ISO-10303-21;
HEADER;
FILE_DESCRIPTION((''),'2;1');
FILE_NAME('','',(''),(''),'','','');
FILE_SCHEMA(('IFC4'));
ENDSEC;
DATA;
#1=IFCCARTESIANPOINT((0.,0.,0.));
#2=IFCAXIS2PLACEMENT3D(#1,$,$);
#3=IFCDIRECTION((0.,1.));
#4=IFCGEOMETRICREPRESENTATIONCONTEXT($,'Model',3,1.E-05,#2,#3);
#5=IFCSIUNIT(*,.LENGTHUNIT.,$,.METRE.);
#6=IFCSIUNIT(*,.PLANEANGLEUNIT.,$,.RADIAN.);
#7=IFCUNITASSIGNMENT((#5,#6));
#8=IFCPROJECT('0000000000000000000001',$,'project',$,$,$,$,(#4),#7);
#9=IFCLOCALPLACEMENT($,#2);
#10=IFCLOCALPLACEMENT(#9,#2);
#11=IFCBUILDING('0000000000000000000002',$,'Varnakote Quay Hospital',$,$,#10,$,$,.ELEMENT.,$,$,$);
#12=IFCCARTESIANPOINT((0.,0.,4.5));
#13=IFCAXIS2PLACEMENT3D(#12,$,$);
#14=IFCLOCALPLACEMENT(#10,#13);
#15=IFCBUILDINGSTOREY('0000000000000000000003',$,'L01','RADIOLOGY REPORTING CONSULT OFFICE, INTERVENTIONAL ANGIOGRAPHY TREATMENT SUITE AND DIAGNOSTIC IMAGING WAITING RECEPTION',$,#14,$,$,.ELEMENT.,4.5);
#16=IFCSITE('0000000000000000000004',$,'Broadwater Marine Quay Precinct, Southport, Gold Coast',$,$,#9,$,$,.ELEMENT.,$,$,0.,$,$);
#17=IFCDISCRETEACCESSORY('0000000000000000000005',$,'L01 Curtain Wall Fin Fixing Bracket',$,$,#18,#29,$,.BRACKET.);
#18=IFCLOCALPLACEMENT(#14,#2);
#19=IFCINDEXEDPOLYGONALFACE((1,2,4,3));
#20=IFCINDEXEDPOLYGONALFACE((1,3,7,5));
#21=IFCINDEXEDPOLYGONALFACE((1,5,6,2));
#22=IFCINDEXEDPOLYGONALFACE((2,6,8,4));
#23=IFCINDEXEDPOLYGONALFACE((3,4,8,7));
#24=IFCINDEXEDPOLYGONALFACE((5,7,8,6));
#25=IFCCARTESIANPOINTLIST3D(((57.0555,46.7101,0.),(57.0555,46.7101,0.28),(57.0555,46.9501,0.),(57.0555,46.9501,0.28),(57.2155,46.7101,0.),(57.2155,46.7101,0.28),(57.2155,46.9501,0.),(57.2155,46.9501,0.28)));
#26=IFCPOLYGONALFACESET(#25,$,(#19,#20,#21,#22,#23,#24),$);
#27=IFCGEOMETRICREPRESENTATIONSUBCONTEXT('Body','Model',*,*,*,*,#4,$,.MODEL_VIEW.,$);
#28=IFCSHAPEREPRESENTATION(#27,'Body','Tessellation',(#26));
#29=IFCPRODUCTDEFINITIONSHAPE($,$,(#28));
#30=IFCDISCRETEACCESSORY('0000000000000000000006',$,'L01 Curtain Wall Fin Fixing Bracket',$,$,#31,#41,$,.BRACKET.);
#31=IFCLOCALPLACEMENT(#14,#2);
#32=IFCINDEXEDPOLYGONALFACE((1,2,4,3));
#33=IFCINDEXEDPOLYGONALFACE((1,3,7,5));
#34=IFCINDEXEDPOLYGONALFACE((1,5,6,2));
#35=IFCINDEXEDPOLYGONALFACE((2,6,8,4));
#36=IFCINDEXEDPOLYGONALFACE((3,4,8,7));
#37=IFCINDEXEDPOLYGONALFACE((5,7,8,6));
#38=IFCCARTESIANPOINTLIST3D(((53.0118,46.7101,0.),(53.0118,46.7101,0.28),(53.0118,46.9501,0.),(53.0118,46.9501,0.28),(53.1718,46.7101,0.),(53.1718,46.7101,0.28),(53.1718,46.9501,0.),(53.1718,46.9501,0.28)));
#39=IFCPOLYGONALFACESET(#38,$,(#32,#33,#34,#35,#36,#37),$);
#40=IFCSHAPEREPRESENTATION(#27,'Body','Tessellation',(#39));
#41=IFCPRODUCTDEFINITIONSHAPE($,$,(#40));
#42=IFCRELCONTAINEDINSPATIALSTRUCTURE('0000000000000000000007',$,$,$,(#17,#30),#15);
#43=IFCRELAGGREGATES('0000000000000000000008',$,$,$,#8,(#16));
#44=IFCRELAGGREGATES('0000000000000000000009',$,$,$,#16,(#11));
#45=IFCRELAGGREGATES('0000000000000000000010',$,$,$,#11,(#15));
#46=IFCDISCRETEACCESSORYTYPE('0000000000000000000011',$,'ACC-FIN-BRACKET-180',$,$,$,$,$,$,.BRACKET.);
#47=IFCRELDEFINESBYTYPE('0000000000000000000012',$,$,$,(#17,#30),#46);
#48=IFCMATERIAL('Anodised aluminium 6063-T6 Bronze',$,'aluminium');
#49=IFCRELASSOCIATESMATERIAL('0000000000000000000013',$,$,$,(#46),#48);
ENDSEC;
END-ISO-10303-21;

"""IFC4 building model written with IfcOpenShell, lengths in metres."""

from ifc_helpers import new_model, si_unit, direction, frame, origin, origin_2d, place, context, subcontext, project, spatial, rectangle, extrude, material, type_object, element, save


model = new_model("IFC4")

# Units and contexts
model_context = context("Model", 3, precision=1e-05, world=origin(), true_north=direction((0.0, 1.0)))
body_context = subcontext(model_context, "Body", "Model", "MODEL_VIEW")
ifc_project = project(units=[si_unit("LENGTHUNIT", "METRE"), si_unit("PLANEANGLEUNIT", "RADIAN")], contexts=[model_context])

# Site, building, storey
site_placement = place(None, origin())
site = spatial("IfcSite", under=ifc_project, at=site_placement, Name="Broadwater Marine Quay Precinct, Southport, Gold Coast", CompositionType="ELEMENT", RefElevation=0.0)
building_placement = place(site_placement, origin())
building = spatial("IfcBuilding", under=site, at=building_placement, Name="Varnakote Quay Hospital", CompositionType="ELEMENT")
storey_placement = place(building_placement, frame((0.0, 0.0, 4.5)))
storey = spatial("IfcBuildingStorey", under=building, at=storey_placement, Name="L01", Description="RADIOLOGY REPORTING CONSULT OFFICE, INTERVENTIONAL ANGIOGRAPHY TREATMENT SUITE AND DIAGNOSTIC IMAGING WAITING RECEPTION", CompositionType="ELEMENT", Elevation=4.5)

# Discrete accessories
ifc_material_1 = material(Name="Anodised aluminium 6063-T6 Bronze", Category="aluminium")
discrete_accessory_type = type_object("IfcDiscreteAccessoryType", Name="ACC-FIN-BRACKET-180", PredefinedType="BRACKET", material=ifc_material_1)
for number, where, z_axis, x_axis, name in (
    (1, (57.1355, 46.8301, 0.0), (0.0, 0.0, 1.0), (-1.0, 0.0, 0.0), "L01 Curtain Wall Fin Fixing Bracket"),
    (2, (53.0918, 46.8301, 0.0), (0.0, 0.0, 1.0), (-1.0, 0.0, 0.0), "L01 Curtain Wall Fin Fixing Bracket"),
):
    element("IfcDiscreteAccessory", number, at=place(storey_placement, frame(where, z_axis=z_axis, x_axis=x_axis)), inside=storey, type_object=discrete_accessory_type, Name=name, PredefinedType="BRACKET", context=body_context, shape_type="SweptSolid", body=[
        extrude(rectangle(XDim=0.1599, YDim=0.24, at=origin_2d()), origin(), (0.0, 0.0, 1.0), 0.28),
    ])

save(model, "model.ifc")
